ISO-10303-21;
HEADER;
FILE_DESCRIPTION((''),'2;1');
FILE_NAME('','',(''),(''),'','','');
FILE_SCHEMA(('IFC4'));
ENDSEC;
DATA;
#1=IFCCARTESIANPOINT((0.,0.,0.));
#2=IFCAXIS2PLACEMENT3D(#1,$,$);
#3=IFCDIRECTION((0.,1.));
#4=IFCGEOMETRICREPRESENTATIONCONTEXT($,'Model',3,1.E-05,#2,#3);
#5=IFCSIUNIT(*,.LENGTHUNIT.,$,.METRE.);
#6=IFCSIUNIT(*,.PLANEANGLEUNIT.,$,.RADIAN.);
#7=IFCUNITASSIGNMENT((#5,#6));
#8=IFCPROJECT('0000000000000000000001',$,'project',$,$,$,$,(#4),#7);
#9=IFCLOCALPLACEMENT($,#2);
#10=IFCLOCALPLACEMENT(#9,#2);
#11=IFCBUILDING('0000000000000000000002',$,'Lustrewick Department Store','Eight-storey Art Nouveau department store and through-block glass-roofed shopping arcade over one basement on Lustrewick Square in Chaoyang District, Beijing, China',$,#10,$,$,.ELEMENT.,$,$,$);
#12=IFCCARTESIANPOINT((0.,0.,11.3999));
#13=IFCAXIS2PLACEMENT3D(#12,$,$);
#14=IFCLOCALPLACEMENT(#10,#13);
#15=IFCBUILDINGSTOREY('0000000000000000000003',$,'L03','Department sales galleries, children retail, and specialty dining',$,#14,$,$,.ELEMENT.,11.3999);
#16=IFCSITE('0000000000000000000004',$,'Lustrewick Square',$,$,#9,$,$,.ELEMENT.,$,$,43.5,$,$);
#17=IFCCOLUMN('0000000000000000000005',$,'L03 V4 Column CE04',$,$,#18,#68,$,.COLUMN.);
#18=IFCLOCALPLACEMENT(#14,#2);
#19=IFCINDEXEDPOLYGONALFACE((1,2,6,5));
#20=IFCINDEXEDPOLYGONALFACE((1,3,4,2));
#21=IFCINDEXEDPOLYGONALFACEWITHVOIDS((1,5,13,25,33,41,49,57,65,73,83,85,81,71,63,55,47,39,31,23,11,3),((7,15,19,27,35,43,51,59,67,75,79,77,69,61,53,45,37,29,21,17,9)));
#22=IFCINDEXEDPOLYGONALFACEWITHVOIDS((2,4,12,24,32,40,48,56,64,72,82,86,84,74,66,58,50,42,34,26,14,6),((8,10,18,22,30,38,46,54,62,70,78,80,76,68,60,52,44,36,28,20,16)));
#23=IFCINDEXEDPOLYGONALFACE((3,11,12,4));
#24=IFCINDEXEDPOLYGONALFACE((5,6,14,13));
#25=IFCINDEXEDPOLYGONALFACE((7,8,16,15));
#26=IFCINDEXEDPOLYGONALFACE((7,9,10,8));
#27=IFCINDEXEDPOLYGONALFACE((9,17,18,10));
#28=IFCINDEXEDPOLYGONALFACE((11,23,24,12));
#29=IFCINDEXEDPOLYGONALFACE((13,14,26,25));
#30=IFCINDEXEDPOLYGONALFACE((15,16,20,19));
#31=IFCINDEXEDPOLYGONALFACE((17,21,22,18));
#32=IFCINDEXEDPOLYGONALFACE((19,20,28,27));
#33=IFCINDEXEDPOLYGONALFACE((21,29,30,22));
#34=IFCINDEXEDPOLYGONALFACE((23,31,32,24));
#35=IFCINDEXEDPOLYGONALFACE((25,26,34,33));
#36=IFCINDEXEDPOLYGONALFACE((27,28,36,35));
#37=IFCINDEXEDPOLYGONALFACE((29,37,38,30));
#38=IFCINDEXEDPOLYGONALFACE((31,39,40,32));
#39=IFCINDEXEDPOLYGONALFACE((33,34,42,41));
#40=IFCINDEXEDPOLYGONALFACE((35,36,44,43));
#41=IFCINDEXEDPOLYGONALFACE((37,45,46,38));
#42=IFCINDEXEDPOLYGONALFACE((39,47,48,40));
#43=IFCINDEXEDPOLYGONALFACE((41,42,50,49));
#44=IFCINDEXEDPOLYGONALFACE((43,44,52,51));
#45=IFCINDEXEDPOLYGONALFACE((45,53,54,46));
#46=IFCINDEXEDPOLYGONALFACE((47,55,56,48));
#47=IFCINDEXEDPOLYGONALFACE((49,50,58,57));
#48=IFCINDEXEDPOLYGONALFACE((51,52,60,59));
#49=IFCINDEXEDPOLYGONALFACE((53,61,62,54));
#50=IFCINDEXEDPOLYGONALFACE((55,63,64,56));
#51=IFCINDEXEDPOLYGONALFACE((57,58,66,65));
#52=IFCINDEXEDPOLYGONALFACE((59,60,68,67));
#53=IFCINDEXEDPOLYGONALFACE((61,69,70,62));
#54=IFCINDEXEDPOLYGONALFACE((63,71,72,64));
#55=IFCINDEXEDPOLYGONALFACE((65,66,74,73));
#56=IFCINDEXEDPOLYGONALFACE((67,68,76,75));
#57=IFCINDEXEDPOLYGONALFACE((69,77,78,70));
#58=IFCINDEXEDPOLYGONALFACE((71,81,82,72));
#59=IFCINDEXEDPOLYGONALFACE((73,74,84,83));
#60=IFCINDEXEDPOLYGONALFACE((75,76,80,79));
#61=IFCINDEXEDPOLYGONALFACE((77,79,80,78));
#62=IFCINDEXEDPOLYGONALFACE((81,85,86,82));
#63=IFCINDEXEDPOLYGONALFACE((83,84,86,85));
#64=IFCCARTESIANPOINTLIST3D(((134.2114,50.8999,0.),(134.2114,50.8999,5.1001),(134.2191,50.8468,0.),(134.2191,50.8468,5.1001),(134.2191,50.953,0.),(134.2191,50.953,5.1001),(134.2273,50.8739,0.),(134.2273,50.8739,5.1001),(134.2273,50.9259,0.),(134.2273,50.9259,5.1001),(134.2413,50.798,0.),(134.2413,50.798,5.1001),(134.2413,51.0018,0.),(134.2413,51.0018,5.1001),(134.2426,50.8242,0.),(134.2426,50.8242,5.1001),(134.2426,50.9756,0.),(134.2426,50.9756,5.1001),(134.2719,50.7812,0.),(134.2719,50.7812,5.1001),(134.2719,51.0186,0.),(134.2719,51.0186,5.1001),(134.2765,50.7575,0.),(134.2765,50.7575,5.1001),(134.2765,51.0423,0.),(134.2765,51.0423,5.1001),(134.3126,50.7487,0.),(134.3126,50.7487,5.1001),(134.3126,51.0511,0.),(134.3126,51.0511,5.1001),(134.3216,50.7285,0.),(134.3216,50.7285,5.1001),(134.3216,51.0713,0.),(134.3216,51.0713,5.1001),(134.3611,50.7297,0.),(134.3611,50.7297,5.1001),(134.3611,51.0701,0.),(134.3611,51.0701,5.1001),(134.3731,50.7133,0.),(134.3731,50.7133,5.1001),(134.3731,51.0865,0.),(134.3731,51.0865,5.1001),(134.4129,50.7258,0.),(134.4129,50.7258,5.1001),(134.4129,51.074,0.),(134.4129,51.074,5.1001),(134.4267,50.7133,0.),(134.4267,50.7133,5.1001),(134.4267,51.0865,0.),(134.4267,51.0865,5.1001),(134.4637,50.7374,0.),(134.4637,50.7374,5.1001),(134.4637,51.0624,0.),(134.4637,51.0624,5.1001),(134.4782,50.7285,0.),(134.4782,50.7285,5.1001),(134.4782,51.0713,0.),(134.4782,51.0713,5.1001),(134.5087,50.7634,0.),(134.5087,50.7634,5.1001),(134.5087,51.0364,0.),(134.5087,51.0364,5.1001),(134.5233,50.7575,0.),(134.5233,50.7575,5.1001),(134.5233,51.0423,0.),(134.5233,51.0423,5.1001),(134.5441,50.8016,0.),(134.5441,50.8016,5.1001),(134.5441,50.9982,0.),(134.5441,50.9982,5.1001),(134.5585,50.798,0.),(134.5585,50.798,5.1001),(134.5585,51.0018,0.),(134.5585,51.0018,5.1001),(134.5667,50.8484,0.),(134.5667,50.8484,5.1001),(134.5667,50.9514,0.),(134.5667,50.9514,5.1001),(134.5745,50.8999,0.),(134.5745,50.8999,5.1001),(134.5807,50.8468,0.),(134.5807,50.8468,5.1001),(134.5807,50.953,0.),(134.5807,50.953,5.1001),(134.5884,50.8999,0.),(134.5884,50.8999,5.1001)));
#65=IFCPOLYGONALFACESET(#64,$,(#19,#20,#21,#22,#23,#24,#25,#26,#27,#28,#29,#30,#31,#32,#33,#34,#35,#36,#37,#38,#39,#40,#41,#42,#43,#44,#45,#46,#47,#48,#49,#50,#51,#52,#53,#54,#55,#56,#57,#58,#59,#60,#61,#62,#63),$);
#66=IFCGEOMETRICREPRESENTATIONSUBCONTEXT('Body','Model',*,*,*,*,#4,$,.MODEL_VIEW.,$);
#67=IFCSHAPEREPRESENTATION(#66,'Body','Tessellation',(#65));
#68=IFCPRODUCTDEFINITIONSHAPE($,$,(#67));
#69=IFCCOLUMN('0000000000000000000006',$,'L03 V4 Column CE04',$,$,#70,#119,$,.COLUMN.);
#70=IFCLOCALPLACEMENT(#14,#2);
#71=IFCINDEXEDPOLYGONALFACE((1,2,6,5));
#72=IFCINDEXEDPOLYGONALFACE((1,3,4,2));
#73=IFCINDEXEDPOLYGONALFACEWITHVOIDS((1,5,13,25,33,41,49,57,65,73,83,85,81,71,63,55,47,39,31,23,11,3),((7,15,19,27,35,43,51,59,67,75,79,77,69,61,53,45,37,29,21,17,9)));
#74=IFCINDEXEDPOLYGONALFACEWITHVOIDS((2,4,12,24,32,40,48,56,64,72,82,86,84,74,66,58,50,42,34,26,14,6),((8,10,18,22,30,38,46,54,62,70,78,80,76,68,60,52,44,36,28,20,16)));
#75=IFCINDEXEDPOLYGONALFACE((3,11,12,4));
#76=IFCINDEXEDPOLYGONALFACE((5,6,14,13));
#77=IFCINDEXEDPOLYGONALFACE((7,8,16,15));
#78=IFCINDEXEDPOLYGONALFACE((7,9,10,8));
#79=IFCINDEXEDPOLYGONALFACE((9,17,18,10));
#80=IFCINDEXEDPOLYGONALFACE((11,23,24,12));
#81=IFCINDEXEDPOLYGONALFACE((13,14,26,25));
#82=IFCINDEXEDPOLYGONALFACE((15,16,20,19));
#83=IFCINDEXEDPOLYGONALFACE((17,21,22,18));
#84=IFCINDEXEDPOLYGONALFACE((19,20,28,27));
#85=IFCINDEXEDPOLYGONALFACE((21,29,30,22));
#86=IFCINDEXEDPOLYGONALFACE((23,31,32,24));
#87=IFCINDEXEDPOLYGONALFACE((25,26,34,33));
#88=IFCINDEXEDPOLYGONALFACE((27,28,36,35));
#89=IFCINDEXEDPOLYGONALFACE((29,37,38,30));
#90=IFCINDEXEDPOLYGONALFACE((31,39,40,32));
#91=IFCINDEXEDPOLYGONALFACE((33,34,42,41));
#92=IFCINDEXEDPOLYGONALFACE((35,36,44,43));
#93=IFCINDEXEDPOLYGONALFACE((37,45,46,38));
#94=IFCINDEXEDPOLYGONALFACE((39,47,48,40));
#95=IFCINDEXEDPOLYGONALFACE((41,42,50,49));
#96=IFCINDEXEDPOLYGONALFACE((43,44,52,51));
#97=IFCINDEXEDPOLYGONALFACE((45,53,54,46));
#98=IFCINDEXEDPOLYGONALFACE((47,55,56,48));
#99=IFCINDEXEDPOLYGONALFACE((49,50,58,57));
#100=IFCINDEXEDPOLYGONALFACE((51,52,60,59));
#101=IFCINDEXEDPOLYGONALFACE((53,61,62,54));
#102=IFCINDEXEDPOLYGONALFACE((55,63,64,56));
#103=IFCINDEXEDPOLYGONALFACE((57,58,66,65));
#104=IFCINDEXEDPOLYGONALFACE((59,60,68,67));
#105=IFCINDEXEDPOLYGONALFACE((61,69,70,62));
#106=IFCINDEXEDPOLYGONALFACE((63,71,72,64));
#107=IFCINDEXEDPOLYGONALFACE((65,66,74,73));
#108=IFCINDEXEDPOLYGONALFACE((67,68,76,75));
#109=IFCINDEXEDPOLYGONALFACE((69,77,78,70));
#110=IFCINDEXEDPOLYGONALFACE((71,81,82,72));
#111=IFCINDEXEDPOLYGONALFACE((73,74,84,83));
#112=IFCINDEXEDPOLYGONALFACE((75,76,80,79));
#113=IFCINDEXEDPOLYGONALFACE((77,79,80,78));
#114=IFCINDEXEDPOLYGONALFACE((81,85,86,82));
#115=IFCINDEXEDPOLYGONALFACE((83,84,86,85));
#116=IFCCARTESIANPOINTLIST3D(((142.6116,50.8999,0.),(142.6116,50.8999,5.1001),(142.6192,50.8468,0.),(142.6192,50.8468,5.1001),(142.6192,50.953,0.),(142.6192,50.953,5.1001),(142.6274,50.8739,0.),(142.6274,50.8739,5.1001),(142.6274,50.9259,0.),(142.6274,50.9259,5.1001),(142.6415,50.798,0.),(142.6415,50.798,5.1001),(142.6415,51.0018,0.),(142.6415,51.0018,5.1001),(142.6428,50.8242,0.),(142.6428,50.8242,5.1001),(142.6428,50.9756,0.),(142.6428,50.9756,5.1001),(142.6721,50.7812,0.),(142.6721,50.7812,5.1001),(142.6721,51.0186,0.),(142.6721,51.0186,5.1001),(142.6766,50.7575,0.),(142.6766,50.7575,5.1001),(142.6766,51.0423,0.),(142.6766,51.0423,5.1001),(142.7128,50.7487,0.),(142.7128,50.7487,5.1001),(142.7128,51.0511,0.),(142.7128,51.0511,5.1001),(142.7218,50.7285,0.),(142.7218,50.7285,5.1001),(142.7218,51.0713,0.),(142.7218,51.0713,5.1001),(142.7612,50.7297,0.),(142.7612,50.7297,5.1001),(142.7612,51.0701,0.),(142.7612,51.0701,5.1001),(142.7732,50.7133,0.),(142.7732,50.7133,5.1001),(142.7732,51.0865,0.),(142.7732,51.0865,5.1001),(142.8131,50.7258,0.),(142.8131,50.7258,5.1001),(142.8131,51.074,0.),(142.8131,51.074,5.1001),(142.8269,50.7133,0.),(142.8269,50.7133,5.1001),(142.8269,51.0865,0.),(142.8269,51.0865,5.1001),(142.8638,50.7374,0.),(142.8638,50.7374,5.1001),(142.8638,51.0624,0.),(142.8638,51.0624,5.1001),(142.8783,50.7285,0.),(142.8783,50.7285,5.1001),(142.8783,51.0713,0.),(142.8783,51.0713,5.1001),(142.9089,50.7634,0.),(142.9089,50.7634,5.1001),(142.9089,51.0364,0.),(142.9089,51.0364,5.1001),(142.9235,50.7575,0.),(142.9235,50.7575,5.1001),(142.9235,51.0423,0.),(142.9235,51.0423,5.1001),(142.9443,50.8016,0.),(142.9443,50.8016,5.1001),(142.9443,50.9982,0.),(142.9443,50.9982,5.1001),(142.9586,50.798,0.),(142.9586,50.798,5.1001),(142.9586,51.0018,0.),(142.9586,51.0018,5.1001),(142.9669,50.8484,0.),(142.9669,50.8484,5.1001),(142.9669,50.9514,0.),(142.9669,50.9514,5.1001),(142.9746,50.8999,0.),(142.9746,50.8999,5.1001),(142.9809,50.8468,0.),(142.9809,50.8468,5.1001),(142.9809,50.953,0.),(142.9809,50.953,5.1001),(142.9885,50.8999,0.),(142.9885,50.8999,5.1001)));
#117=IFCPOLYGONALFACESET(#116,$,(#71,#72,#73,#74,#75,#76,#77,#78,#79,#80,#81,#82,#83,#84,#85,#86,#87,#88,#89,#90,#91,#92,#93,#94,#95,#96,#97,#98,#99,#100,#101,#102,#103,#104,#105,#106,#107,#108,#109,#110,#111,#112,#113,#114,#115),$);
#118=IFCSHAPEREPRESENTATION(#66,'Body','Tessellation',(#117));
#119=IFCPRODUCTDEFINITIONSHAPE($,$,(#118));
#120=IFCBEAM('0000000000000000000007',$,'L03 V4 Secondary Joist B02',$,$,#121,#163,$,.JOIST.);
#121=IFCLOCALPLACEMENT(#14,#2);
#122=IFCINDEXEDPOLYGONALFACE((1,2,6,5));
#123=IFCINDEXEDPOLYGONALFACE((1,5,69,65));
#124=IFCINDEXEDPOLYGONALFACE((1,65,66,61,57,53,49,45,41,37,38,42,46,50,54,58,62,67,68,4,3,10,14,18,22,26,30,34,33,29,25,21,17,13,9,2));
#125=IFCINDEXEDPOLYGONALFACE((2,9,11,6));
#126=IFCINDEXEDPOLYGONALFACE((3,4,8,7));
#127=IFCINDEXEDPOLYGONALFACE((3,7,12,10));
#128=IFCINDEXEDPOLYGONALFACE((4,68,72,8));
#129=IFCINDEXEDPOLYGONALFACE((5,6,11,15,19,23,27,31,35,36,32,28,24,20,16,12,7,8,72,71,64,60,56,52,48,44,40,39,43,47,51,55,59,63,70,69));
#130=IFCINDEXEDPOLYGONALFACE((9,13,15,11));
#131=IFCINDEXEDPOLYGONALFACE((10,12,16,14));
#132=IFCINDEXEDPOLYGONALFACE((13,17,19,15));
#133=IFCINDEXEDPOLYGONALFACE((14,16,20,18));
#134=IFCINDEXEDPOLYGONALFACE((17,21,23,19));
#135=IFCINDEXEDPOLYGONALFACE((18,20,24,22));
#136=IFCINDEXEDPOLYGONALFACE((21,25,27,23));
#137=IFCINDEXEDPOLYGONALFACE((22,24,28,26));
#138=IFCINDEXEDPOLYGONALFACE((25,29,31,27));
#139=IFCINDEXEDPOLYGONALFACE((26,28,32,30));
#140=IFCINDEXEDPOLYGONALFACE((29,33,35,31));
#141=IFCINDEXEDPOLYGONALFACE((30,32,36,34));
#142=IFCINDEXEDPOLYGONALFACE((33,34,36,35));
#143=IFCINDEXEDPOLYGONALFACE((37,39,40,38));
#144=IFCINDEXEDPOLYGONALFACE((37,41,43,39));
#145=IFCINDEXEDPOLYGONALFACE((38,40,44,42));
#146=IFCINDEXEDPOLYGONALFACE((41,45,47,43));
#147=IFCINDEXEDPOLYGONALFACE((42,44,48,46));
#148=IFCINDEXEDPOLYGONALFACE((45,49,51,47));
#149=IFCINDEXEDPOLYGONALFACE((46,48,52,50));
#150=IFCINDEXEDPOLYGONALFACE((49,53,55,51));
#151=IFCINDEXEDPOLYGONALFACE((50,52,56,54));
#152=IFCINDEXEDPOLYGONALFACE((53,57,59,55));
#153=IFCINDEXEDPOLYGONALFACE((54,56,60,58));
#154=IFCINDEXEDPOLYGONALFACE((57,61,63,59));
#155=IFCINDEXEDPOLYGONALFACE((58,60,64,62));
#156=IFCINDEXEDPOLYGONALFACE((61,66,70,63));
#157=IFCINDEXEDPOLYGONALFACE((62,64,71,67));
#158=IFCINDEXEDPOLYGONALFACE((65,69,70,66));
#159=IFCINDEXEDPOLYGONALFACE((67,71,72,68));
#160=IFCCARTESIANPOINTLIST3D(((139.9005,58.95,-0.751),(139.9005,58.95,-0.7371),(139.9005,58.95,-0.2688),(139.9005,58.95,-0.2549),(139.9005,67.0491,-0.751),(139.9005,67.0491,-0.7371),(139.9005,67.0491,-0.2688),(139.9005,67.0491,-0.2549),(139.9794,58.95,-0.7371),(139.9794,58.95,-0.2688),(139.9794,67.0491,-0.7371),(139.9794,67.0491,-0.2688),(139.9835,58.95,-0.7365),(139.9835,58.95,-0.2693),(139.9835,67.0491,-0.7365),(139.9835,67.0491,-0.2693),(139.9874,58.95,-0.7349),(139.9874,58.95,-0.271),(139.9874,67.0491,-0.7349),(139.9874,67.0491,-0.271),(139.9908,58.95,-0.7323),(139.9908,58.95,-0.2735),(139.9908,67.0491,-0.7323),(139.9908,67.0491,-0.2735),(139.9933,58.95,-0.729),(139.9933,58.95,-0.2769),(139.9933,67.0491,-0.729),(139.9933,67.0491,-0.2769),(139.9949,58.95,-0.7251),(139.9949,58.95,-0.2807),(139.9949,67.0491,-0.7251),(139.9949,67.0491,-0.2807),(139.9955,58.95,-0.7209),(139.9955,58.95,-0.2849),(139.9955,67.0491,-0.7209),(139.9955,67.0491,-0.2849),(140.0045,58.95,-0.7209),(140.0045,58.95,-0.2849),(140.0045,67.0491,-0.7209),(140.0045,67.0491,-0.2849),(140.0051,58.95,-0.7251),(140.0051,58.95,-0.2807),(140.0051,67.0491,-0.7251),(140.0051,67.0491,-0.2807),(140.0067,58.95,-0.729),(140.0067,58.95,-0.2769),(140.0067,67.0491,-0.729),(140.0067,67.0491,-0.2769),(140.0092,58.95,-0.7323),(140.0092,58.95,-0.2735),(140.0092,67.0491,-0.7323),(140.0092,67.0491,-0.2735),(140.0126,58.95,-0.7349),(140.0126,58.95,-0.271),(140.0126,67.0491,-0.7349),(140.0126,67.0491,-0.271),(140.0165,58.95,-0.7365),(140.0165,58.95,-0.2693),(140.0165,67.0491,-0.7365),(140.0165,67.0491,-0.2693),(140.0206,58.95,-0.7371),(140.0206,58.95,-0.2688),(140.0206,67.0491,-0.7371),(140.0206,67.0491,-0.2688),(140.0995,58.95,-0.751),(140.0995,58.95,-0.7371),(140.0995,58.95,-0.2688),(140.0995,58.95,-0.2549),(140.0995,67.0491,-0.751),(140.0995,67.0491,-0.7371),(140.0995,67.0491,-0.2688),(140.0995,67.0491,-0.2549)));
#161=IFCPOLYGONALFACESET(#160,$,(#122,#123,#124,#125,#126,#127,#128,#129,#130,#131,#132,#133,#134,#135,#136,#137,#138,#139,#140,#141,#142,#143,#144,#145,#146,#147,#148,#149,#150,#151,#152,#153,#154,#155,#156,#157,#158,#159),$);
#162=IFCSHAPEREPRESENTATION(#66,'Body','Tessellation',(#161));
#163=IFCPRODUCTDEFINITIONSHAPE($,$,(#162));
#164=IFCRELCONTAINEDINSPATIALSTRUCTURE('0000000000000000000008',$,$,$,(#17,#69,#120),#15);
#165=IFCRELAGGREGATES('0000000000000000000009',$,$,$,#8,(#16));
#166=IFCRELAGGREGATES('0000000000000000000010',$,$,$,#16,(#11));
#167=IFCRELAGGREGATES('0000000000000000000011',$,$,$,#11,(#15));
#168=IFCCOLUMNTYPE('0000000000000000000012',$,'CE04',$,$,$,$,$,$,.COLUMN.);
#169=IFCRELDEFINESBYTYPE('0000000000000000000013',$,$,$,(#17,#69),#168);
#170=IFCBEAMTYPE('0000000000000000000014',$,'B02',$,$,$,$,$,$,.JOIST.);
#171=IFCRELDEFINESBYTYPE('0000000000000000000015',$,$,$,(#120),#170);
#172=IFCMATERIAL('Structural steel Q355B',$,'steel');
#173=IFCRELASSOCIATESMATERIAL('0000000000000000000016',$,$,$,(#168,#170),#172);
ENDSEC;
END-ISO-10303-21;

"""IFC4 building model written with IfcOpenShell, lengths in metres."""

from ifc_helpers import new_model, si_unit, direction, frame, origin, origin_2d, place, context, subcontext, project, spatial, hollow_circle, i_section, extrude, material, material_profile, profile_set, type_object, element, save


model = new_model("IFC4")

# Units and contexts
model_context = context("Model", 3, precision=1e-05, world=origin(), true_north=direction((0.0, 1.0)))
body_context = subcontext(model_context, "Body", "Model", "MODEL_VIEW")
ifc_project = project(units=[si_unit("LENGTHUNIT", "METRE"), si_unit("PLANEANGLEUNIT", "RADIAN")], contexts=[model_context])

# Site, building, storey
site_placement = place(None, origin())
site = spatial("IfcSite", under=ifc_project, at=site_placement, Name="Lustrewick Square", CompositionType="ELEMENT", RefElevation=43.5)
building_placement = place(site_placement, origin())
building = spatial("IfcBuilding", under=site, at=building_placement, Name="Lustrewick Department Store", Description="Eight-storey Art Nouveau department store and through-block glass-roofed shopping arcade over one basement on Lustrewick Square in Chaoyang District, Beijing, China", CompositionType="ELEMENT")
storey_placement = place(building_placement, frame((0.0, 0.0, 11.3999)))
storey = spatial("IfcBuildingStorey", under=building, at=storey_placement, Name="L03", Description="Department sales galleries, children retail, and specialty dining", CompositionType="ELEMENT", Elevation=11.3999)

# Columns
ifc_material_1 = material(Name="Structural steel Q355B", Category="steel")
ifc_material_profile_1 = material_profile(ifc_material_1, hollow_circle(Radius=0.1885, WallThickness=0.0139, at=origin_2d()), Name="CHS 377x14")
ifc_profile_set_1 = profile_set([ifc_material_profile_1], Name="Structural steel Q355B")
column_type_1 = type_object("IfcColumnType", Name="CE04", PredefinedType="COLUMN", material=ifc_profile_set_1)
for number, where, z_axis, x_axis, name in (
    (1, (134.3999, 50.8999, 0.0), (0.0, 0.0, 1.0), (1.0, 0.0, 0.0), "L03 V4 Column CE04"),
    (2, (142.8, 50.8999, 0.0), (0.0, 0.0, 1.0), (1.0, 0.0, 0.0), "L03 V4 Column CE04"),
):
    element("IfcColumn", number, at=place(storey_placement, frame(where, z_axis=z_axis, x_axis=x_axis)), inside=storey, type_object=column_type_1, Name=name, PredefinedType="COLUMN", context=body_context, shape_type="SweptSolid", body=[
        extrude(hollow_circle(Radius=0.1885, WallThickness=0.0139, at=origin_2d()), origin(), (0.0, 0.0, 1.0), 5.1001),
    ])

# Beam
ifc_material_profile_2 = material_profile(ifc_material_1, i_section(OverallWidth=0.199, OverallDepth=0.4961, WebThickness=0.009, FlangeThickness=0.0139, FilletRadius=0.0161, at=origin_2d()), Name="HN 496x199x9x14")
ifc_profile_set_2 = profile_set([ifc_material_profile_2], Name="Structural steel Q355B")
beam_type_1 = type_object("IfcBeamType", Name="B02", PredefinedType="JOIST", material=ifc_profile_set_2)
beam_1_placement = place(storey_placement, frame((140.0, 58.95, -0.5029), z_axis=(0.0, 1.0, 0.0), x_axis=(-1.0, 0.0, 0.0)))
element("IfcBeam", 3, at=beam_1_placement, inside=storey, type_object=beam_type_1, Name="L03 V4 Secondary Joist B02", PredefinedType="JOIST", context=body_context, shape_type="SweptSolid", body=[
    extrude(i_section(OverallWidth=0.199, OverallDepth=0.4961, WebThickness=0.009, FlangeThickness=0.0139, FilletRadius=0.0161, at=origin_2d()), origin(), (0.0, 0.0, 1.0), 8.0991),
])

save(model, "model.ifc")
